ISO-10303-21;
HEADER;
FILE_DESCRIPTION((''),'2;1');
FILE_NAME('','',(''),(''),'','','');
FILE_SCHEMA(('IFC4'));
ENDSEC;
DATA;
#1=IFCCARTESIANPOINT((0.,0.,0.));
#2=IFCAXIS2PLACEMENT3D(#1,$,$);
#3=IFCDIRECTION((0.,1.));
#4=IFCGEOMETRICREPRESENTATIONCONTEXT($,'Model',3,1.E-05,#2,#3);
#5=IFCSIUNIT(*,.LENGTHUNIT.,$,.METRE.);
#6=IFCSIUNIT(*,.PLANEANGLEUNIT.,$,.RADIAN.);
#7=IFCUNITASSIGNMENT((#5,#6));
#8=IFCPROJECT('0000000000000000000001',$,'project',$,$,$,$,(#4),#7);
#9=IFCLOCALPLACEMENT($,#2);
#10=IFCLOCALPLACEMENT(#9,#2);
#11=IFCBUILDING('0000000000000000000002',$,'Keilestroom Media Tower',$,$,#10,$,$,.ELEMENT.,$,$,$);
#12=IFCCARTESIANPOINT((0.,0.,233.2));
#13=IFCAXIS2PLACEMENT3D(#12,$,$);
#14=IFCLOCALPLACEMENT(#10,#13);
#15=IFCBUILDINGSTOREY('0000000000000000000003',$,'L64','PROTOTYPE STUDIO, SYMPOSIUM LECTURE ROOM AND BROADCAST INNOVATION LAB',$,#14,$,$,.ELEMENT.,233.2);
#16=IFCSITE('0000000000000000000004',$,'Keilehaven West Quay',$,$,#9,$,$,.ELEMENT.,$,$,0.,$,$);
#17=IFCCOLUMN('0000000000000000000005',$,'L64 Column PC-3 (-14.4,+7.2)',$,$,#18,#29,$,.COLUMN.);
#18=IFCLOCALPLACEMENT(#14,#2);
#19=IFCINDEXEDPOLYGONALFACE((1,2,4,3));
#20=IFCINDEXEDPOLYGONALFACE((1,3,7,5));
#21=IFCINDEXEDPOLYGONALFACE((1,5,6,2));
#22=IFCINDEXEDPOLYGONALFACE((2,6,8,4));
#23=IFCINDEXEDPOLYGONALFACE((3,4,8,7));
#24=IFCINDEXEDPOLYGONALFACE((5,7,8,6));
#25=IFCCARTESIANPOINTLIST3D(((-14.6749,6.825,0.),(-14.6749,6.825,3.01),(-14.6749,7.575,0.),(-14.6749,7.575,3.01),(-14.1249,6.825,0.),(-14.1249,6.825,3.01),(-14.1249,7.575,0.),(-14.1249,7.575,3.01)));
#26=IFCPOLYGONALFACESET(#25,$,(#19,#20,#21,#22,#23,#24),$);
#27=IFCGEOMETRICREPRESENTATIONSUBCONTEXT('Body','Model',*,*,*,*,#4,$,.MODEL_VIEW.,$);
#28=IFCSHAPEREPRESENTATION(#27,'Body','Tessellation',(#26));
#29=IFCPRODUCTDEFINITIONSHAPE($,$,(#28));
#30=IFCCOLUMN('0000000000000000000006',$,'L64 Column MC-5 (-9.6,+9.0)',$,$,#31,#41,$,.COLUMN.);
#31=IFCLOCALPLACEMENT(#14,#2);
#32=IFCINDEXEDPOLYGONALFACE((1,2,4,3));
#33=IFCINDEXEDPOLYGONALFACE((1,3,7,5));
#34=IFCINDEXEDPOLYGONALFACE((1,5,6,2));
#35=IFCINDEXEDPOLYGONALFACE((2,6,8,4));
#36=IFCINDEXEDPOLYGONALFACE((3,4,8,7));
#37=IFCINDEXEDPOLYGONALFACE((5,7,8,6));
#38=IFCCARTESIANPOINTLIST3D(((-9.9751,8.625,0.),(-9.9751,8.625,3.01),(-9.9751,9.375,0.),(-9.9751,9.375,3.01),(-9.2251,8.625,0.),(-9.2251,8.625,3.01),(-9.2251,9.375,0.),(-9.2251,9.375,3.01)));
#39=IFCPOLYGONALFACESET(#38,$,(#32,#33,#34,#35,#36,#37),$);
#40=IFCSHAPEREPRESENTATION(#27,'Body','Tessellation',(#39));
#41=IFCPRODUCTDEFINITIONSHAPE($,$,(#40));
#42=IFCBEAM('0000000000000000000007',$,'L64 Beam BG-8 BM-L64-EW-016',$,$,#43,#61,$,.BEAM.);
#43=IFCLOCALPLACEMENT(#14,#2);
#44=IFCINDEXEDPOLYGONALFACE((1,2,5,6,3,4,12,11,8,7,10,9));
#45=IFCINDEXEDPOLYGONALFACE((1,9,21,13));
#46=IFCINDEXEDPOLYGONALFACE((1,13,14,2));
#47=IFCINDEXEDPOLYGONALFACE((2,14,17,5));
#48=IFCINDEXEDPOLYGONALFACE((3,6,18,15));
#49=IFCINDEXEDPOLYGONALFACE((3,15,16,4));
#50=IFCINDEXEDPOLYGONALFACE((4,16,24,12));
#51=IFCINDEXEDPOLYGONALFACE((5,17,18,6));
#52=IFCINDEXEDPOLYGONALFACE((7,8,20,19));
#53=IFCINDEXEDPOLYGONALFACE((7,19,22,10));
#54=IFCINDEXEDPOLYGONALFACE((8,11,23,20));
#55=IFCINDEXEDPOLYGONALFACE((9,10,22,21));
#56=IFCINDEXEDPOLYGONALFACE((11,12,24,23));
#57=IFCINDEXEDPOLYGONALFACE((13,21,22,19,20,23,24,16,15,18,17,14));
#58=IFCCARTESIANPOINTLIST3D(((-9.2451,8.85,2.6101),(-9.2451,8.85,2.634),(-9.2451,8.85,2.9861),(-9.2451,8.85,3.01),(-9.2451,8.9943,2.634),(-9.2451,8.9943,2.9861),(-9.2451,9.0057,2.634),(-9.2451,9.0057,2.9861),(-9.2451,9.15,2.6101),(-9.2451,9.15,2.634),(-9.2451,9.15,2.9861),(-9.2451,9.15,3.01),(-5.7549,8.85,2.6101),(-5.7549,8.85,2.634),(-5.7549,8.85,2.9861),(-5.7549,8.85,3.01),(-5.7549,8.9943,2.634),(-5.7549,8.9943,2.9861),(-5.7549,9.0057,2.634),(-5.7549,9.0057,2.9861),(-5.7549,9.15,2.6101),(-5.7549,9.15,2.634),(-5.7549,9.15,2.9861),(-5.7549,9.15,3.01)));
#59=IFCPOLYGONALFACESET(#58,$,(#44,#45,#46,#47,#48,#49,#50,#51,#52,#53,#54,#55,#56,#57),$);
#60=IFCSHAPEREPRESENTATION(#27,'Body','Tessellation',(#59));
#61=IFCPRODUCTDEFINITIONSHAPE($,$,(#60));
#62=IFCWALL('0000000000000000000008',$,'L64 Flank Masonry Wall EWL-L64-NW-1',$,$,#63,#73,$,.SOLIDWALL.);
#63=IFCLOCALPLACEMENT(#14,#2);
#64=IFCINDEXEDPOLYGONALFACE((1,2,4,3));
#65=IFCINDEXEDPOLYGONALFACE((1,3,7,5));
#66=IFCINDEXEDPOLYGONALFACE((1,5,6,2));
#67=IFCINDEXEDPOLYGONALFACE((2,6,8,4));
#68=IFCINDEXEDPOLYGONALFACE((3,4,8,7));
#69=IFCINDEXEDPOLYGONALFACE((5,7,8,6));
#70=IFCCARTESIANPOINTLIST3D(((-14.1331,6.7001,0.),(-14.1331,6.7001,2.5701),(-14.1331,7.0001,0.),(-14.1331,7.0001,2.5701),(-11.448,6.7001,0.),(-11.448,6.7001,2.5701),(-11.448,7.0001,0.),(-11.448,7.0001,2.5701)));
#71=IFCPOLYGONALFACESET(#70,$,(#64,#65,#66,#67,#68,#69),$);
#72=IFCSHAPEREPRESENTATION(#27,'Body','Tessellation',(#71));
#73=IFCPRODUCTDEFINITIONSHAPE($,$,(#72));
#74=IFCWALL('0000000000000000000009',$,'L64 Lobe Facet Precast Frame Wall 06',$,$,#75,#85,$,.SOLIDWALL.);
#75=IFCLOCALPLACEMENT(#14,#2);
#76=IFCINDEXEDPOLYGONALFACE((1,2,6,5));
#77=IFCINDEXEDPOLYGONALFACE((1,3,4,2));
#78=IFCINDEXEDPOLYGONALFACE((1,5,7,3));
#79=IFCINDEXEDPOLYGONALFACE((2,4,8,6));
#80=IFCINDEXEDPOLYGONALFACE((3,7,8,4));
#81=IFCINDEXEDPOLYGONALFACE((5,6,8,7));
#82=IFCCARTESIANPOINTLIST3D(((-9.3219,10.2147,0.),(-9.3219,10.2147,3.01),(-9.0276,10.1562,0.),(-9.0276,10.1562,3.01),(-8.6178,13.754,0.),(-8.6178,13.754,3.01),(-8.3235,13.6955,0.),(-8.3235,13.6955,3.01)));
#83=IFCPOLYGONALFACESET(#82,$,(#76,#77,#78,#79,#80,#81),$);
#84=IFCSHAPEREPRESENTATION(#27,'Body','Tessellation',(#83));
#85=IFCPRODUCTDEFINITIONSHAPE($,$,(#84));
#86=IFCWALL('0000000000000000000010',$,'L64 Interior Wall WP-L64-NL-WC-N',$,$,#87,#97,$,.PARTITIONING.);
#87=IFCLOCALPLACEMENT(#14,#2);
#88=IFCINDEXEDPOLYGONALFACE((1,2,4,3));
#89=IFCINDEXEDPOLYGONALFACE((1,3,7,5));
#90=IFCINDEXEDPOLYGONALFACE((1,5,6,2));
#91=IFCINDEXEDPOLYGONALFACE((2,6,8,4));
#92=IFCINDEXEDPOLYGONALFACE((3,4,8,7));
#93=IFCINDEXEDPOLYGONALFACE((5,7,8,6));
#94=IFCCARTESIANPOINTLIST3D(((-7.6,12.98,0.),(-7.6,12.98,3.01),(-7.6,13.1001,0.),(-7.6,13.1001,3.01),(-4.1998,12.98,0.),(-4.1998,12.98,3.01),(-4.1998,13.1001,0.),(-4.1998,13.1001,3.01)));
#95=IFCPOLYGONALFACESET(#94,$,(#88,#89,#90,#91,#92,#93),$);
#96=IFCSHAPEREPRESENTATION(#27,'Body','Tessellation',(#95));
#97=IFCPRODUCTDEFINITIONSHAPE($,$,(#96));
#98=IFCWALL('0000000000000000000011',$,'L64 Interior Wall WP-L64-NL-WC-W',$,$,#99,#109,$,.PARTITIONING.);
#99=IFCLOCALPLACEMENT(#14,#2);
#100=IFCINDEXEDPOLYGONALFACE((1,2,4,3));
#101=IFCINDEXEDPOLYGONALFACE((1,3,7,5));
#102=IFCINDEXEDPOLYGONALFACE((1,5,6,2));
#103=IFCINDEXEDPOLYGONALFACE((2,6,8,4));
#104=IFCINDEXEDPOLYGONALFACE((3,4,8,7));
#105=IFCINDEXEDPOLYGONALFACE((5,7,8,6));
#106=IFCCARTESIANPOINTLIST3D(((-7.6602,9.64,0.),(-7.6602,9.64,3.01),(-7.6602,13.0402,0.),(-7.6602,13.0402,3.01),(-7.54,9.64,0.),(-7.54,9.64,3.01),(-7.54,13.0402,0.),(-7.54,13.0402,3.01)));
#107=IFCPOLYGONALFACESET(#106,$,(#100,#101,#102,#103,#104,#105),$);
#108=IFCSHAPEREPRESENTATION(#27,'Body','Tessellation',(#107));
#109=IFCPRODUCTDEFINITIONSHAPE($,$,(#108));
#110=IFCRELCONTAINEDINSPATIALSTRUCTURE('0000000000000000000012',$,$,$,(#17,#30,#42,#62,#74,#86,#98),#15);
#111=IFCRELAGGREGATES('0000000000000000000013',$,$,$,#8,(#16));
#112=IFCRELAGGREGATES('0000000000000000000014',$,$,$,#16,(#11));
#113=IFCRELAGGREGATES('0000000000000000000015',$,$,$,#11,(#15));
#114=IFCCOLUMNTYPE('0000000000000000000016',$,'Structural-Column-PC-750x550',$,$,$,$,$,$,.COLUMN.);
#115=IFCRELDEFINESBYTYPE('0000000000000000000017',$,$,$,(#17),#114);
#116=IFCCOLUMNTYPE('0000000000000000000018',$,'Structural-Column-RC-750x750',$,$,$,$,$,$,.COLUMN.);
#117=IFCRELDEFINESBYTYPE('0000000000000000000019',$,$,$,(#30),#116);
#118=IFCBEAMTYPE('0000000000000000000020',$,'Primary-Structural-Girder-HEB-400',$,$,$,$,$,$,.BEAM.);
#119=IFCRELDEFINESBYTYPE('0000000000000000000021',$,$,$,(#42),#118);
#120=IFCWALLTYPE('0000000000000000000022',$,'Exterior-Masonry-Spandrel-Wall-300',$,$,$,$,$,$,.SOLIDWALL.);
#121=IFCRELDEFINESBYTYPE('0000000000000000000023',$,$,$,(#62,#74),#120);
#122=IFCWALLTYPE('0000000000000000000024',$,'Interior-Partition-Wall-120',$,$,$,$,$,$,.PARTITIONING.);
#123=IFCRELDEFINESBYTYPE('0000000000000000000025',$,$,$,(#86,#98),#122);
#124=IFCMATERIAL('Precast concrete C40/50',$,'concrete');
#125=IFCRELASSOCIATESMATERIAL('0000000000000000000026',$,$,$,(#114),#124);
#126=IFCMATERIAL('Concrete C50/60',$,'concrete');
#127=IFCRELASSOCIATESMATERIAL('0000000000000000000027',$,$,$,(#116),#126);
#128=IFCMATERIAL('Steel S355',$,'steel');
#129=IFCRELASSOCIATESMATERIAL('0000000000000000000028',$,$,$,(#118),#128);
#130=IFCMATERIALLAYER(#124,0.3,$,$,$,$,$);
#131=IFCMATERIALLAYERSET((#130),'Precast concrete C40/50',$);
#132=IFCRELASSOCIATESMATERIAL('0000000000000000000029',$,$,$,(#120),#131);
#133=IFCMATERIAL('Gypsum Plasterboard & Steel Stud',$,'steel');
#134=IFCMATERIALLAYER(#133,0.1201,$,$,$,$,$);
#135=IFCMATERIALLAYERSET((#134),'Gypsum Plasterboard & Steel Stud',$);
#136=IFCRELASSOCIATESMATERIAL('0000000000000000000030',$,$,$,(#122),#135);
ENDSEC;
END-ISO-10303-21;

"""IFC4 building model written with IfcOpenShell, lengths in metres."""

from ifc_helpers import new_model, si_unit, direction, frame, frame_2d, origin, origin_2d, place, context, subcontext, project, spatial, rectangle, i_section, extrude, source, transform, mapped, material, layer, layer_set, material_profile, profile_set, type_object, element, save


model = new_model("IFC4")

# Units and contexts
model_context = context("Model", 3, precision=1e-05, world=origin(), true_north=direction((0.0, 1.0)))
body_context = subcontext(model_context, "Body", "Model", "MODEL_VIEW")
ifc_project = project(units=[si_unit("LENGTHUNIT", "METRE"), si_unit("PLANEANGLEUNIT", "RADIAN")], contexts=[model_context])

# Site, building, storey
site_placement = place(None, origin())
site = spatial("IfcSite", under=ifc_project, at=site_placement, Name="Keilehaven West Quay", CompositionType="ELEMENT", RefElevation=0.0)
building_placement = place(site_placement, origin())
building = spatial("IfcBuilding", under=site, at=building_placement, Name="Keilestroom Media Tower", CompositionType="ELEMENT")
storey_placement = place(building_placement, frame((0.0, 0.0, 233.2)))
storey = spatial("IfcBuildingStorey", under=building, at=storey_placement, Name="L64", Description="PROTOTYPE STUDIO, SYMPOSIUM LECTURE ROOM AND BROADCAST INNOVATION LAB", CompositionType="ELEMENT", Elevation=233.2)

# Columns
ifc_material_1 = material(Name="Precast concrete C40/50", Category="concrete")
ifc_material_profile_1 = material_profile(ifc_material_1, rectangle(XDim=0.55, YDim=0.75, at=origin_2d()), Name="PC 750x550")
ifc_profile_set_1 = profile_set([ifc_material_profile_1], Name="Precast concrete C40/50")
column_type_1 = type_object("IfcColumnType", Name="Structural-Column-PC-750x550", PredefinedType="COLUMN", material=ifc_profile_set_1)
shared_shape_1 = source(origin(), body_context, "Body", "SweptSolid", [
    extrude(rectangle(XDim=0.55, YDim=0.75, at=origin_2d()), origin(), (0.0, 0.0, 1.0), 3.01),
])
column_1_placement = place(storey_placement, frame((-14.3999, 7.2, 0.0), z_axis=(0.0, 0.0, 1.0), x_axis=(1.0, 0.0, 0.0)))
element("IfcColumn", 1, at=column_1_placement, inside=storey, type_object=column_type_1, Name="L64 Column PC-3 (-14.4,+7.2)", PredefinedType="COLUMN", context=body_context, shape_type="MappedRepresentation", body=[
    mapped(shared_shape_1, transform((0.0, 0.0, 0.0), x_axis=(1.0, 0.0, 0.0), y_axis=(0.0, 1.0, 0.0), z_axis=(0.0, 0.0, 1.0), scale=1.0)),
])
ifc_material_2 = material(Name="Concrete C50/60", Category="concrete")
ifc_material_profile_2 = material_profile(ifc_material_2, rectangle(XDim=0.75, YDim=0.75, at=origin_2d()), Name="RC 750x750")
ifc_profile_set_2 = profile_set([ifc_material_profile_2], Name="Concrete C50/60")
column_type_2 = type_object("IfcColumnType", Name="Structural-Column-RC-750x750", PredefinedType="COLUMN", material=ifc_profile_set_2)
shared_shape_2 = source(origin(), body_context, "Body", "SweptSolid", [
    extrude(rectangle(XDim=0.75, YDim=0.75, at=origin_2d()), origin(), (0.0, 0.0, 1.0), 3.01),
])
column_2_placement = place(storey_placement, frame((-9.6001, 9.0, 0.0), z_axis=(0.0, 0.0, 1.0), x_axis=(1.0, 0.0, 0.0)))
element("IfcColumn", 2, at=column_2_placement, inside=storey, type_object=column_type_2, Name="L64 Column MC-5 (-9.6,+9.0)", PredefinedType="COLUMN", context=body_context, shape_type="MappedRepresentation", body=[
    mapped(shared_shape_2, transform((0.0, 0.0, 0.0), x_axis=(1.0, 0.0, 0.0), y_axis=(0.0, 1.0, 0.0), z_axis=(0.0, 0.0, 1.0), scale=1.0)),
])

# Beam
ifc_material_3 = material(Name="Steel S355", Category="steel")
ifc_material_profile_3 = material_profile(ifc_material_3, i_section(OverallWidth=0.3, OverallDepth=0.3999, WebThickness=0.0115, FlangeThickness=0.0239, at=origin_2d()), Name="HEB 400")
ifc_profile_set_3 = profile_set([ifc_material_profile_3], Name="Steel S355")
beam_type = type_object("IfcBeamType", Name="Primary-Structural-Girder-HEB-400", PredefinedType="BEAM", material=ifc_profile_set_3)
shared_shape_3 = source(origin(), body_context, "Body", "SweptSolid", [
    extrude(i_section(OverallWidth=0.3, OverallDepth=0.3999, WebThickness=0.0115, FlangeThickness=0.0239, at=origin_2d()), origin(), (0.0, 0.0, 1.0), 3.4902),
])
beam_placement = place(storey_placement, frame((-9.2451, 9.0, 2.8101), z_axis=(1.0, 0.0, 0.0), x_axis=(0.0, 1.0, 0.0)))
element("IfcBeam", 3, at=beam_placement, inside=storey, type_object=beam_type, Name="L64 Beam BG-8 BM-L64-EW-016", PredefinedType="BEAM", context=body_context, shape_type="MappedRepresentation", body=[
    mapped(shared_shape_3, transform((0.0, 0.0, 0.0), x_axis=(1.0, 0.0, 0.0), y_axis=(0.0, 1.0, 0.0), z_axis=(0.0, 0.0, 1.0), scale=1.0)),
])

# Walls
ifc_layer_1 = layer(ifc_material_1, 0.3)
ifc_layer_set_1 = layer_set([ifc_layer_1], Name="Precast concrete C40/50")
wall_type_1 = type_object("IfcWallType", Name="Exterior-Masonry-Spandrel-Wall-300", PredefinedType="SOLIDWALL", material=ifc_layer_set_1)
wall_1_placement = place(storey_placement, frame((-14.1331, 6.8501, 0.0), z_axis=(0.0, 0.0, 1.0), x_axis=(1.0, 0.0, 0.0)))
element("IfcWall", 4, at=wall_1_placement, inside=storey, type_object=wall_type_1, Name="L64 Flank Masonry Wall EWL-L64-NW-1", PredefinedType="SOLIDWALL", context=body_context, shape_type="SweptSolid", body=[
    extrude(rectangle(XDim=2.6851, YDim=0.3, at=frame_2d((1.3425, 0.0))), origin(), (0.0, 0.0, 1.0), 2.5701),
])
wall_2_placement = place(storey_placement, frame((-8.4707, 13.7246, 0.0), z_axis=(0.0, 0.0, 1.0), x_axis=(-0.195114, -0.980781, 0.0)))
element("IfcWall", 5, at=wall_2_placement, inside=storey, type_object=wall_type_1, Name="L64 Lobe Facet Precast Frame Wall 06", PredefinedType="SOLIDWALL", context=body_context, shape_type="SweptSolid", body=[
    extrude(rectangle(XDim=3.6086, YDim=0.3, at=frame_2d((1.8042, 0.0))), origin(), (0.0, 0.0, 1.0), 3.01),
])
ifc_material_4 = material(Name="Gypsum Plasterboard & Steel Stud", Category="steel")
ifc_layer_2 = layer(ifc_material_4, 0.1201)
ifc_layer_set_2 = layer_set([ifc_layer_2], Name="Gypsum Plasterboard & Steel Stud")
wall_type_2 = type_object("IfcWallType", Name="Interior-Partition-Wall-120", PredefinedType="PARTITIONING", material=ifc_layer_set_2)
for number, where, z_axis, x_axis, name in (
    (6, (-7.6001, 13.04, 0.0), (0.0, 0.0, 1.0), (1.0, 0.0, 0.0), "L64 Interior Wall WP-L64-NL-WC-N"),
    (7, (-7.6001, 9.6399, 0.0), (0.0, 0.0, 1.0), (0.0, 1.0, 0.0), "L64 Interior Wall WP-L64-NL-WC-W"),
):
    element("IfcWall", number, at=place(storey_placement, frame(where, z_axis=z_axis, x_axis=x_axis)), inside=storey, type_object=wall_type_2, Name=name, PredefinedType="PARTITIONING", context=body_context, shape_type="SweptSolid", body=[
        extrude(rectangle(XDim=3.4001, YDim=0.1201, at=frame_2d((1.7002, 0.0))), origin(), (0.0, 0.0, 1.0), 3.01),
    ])

save(model, "model.ifc")
